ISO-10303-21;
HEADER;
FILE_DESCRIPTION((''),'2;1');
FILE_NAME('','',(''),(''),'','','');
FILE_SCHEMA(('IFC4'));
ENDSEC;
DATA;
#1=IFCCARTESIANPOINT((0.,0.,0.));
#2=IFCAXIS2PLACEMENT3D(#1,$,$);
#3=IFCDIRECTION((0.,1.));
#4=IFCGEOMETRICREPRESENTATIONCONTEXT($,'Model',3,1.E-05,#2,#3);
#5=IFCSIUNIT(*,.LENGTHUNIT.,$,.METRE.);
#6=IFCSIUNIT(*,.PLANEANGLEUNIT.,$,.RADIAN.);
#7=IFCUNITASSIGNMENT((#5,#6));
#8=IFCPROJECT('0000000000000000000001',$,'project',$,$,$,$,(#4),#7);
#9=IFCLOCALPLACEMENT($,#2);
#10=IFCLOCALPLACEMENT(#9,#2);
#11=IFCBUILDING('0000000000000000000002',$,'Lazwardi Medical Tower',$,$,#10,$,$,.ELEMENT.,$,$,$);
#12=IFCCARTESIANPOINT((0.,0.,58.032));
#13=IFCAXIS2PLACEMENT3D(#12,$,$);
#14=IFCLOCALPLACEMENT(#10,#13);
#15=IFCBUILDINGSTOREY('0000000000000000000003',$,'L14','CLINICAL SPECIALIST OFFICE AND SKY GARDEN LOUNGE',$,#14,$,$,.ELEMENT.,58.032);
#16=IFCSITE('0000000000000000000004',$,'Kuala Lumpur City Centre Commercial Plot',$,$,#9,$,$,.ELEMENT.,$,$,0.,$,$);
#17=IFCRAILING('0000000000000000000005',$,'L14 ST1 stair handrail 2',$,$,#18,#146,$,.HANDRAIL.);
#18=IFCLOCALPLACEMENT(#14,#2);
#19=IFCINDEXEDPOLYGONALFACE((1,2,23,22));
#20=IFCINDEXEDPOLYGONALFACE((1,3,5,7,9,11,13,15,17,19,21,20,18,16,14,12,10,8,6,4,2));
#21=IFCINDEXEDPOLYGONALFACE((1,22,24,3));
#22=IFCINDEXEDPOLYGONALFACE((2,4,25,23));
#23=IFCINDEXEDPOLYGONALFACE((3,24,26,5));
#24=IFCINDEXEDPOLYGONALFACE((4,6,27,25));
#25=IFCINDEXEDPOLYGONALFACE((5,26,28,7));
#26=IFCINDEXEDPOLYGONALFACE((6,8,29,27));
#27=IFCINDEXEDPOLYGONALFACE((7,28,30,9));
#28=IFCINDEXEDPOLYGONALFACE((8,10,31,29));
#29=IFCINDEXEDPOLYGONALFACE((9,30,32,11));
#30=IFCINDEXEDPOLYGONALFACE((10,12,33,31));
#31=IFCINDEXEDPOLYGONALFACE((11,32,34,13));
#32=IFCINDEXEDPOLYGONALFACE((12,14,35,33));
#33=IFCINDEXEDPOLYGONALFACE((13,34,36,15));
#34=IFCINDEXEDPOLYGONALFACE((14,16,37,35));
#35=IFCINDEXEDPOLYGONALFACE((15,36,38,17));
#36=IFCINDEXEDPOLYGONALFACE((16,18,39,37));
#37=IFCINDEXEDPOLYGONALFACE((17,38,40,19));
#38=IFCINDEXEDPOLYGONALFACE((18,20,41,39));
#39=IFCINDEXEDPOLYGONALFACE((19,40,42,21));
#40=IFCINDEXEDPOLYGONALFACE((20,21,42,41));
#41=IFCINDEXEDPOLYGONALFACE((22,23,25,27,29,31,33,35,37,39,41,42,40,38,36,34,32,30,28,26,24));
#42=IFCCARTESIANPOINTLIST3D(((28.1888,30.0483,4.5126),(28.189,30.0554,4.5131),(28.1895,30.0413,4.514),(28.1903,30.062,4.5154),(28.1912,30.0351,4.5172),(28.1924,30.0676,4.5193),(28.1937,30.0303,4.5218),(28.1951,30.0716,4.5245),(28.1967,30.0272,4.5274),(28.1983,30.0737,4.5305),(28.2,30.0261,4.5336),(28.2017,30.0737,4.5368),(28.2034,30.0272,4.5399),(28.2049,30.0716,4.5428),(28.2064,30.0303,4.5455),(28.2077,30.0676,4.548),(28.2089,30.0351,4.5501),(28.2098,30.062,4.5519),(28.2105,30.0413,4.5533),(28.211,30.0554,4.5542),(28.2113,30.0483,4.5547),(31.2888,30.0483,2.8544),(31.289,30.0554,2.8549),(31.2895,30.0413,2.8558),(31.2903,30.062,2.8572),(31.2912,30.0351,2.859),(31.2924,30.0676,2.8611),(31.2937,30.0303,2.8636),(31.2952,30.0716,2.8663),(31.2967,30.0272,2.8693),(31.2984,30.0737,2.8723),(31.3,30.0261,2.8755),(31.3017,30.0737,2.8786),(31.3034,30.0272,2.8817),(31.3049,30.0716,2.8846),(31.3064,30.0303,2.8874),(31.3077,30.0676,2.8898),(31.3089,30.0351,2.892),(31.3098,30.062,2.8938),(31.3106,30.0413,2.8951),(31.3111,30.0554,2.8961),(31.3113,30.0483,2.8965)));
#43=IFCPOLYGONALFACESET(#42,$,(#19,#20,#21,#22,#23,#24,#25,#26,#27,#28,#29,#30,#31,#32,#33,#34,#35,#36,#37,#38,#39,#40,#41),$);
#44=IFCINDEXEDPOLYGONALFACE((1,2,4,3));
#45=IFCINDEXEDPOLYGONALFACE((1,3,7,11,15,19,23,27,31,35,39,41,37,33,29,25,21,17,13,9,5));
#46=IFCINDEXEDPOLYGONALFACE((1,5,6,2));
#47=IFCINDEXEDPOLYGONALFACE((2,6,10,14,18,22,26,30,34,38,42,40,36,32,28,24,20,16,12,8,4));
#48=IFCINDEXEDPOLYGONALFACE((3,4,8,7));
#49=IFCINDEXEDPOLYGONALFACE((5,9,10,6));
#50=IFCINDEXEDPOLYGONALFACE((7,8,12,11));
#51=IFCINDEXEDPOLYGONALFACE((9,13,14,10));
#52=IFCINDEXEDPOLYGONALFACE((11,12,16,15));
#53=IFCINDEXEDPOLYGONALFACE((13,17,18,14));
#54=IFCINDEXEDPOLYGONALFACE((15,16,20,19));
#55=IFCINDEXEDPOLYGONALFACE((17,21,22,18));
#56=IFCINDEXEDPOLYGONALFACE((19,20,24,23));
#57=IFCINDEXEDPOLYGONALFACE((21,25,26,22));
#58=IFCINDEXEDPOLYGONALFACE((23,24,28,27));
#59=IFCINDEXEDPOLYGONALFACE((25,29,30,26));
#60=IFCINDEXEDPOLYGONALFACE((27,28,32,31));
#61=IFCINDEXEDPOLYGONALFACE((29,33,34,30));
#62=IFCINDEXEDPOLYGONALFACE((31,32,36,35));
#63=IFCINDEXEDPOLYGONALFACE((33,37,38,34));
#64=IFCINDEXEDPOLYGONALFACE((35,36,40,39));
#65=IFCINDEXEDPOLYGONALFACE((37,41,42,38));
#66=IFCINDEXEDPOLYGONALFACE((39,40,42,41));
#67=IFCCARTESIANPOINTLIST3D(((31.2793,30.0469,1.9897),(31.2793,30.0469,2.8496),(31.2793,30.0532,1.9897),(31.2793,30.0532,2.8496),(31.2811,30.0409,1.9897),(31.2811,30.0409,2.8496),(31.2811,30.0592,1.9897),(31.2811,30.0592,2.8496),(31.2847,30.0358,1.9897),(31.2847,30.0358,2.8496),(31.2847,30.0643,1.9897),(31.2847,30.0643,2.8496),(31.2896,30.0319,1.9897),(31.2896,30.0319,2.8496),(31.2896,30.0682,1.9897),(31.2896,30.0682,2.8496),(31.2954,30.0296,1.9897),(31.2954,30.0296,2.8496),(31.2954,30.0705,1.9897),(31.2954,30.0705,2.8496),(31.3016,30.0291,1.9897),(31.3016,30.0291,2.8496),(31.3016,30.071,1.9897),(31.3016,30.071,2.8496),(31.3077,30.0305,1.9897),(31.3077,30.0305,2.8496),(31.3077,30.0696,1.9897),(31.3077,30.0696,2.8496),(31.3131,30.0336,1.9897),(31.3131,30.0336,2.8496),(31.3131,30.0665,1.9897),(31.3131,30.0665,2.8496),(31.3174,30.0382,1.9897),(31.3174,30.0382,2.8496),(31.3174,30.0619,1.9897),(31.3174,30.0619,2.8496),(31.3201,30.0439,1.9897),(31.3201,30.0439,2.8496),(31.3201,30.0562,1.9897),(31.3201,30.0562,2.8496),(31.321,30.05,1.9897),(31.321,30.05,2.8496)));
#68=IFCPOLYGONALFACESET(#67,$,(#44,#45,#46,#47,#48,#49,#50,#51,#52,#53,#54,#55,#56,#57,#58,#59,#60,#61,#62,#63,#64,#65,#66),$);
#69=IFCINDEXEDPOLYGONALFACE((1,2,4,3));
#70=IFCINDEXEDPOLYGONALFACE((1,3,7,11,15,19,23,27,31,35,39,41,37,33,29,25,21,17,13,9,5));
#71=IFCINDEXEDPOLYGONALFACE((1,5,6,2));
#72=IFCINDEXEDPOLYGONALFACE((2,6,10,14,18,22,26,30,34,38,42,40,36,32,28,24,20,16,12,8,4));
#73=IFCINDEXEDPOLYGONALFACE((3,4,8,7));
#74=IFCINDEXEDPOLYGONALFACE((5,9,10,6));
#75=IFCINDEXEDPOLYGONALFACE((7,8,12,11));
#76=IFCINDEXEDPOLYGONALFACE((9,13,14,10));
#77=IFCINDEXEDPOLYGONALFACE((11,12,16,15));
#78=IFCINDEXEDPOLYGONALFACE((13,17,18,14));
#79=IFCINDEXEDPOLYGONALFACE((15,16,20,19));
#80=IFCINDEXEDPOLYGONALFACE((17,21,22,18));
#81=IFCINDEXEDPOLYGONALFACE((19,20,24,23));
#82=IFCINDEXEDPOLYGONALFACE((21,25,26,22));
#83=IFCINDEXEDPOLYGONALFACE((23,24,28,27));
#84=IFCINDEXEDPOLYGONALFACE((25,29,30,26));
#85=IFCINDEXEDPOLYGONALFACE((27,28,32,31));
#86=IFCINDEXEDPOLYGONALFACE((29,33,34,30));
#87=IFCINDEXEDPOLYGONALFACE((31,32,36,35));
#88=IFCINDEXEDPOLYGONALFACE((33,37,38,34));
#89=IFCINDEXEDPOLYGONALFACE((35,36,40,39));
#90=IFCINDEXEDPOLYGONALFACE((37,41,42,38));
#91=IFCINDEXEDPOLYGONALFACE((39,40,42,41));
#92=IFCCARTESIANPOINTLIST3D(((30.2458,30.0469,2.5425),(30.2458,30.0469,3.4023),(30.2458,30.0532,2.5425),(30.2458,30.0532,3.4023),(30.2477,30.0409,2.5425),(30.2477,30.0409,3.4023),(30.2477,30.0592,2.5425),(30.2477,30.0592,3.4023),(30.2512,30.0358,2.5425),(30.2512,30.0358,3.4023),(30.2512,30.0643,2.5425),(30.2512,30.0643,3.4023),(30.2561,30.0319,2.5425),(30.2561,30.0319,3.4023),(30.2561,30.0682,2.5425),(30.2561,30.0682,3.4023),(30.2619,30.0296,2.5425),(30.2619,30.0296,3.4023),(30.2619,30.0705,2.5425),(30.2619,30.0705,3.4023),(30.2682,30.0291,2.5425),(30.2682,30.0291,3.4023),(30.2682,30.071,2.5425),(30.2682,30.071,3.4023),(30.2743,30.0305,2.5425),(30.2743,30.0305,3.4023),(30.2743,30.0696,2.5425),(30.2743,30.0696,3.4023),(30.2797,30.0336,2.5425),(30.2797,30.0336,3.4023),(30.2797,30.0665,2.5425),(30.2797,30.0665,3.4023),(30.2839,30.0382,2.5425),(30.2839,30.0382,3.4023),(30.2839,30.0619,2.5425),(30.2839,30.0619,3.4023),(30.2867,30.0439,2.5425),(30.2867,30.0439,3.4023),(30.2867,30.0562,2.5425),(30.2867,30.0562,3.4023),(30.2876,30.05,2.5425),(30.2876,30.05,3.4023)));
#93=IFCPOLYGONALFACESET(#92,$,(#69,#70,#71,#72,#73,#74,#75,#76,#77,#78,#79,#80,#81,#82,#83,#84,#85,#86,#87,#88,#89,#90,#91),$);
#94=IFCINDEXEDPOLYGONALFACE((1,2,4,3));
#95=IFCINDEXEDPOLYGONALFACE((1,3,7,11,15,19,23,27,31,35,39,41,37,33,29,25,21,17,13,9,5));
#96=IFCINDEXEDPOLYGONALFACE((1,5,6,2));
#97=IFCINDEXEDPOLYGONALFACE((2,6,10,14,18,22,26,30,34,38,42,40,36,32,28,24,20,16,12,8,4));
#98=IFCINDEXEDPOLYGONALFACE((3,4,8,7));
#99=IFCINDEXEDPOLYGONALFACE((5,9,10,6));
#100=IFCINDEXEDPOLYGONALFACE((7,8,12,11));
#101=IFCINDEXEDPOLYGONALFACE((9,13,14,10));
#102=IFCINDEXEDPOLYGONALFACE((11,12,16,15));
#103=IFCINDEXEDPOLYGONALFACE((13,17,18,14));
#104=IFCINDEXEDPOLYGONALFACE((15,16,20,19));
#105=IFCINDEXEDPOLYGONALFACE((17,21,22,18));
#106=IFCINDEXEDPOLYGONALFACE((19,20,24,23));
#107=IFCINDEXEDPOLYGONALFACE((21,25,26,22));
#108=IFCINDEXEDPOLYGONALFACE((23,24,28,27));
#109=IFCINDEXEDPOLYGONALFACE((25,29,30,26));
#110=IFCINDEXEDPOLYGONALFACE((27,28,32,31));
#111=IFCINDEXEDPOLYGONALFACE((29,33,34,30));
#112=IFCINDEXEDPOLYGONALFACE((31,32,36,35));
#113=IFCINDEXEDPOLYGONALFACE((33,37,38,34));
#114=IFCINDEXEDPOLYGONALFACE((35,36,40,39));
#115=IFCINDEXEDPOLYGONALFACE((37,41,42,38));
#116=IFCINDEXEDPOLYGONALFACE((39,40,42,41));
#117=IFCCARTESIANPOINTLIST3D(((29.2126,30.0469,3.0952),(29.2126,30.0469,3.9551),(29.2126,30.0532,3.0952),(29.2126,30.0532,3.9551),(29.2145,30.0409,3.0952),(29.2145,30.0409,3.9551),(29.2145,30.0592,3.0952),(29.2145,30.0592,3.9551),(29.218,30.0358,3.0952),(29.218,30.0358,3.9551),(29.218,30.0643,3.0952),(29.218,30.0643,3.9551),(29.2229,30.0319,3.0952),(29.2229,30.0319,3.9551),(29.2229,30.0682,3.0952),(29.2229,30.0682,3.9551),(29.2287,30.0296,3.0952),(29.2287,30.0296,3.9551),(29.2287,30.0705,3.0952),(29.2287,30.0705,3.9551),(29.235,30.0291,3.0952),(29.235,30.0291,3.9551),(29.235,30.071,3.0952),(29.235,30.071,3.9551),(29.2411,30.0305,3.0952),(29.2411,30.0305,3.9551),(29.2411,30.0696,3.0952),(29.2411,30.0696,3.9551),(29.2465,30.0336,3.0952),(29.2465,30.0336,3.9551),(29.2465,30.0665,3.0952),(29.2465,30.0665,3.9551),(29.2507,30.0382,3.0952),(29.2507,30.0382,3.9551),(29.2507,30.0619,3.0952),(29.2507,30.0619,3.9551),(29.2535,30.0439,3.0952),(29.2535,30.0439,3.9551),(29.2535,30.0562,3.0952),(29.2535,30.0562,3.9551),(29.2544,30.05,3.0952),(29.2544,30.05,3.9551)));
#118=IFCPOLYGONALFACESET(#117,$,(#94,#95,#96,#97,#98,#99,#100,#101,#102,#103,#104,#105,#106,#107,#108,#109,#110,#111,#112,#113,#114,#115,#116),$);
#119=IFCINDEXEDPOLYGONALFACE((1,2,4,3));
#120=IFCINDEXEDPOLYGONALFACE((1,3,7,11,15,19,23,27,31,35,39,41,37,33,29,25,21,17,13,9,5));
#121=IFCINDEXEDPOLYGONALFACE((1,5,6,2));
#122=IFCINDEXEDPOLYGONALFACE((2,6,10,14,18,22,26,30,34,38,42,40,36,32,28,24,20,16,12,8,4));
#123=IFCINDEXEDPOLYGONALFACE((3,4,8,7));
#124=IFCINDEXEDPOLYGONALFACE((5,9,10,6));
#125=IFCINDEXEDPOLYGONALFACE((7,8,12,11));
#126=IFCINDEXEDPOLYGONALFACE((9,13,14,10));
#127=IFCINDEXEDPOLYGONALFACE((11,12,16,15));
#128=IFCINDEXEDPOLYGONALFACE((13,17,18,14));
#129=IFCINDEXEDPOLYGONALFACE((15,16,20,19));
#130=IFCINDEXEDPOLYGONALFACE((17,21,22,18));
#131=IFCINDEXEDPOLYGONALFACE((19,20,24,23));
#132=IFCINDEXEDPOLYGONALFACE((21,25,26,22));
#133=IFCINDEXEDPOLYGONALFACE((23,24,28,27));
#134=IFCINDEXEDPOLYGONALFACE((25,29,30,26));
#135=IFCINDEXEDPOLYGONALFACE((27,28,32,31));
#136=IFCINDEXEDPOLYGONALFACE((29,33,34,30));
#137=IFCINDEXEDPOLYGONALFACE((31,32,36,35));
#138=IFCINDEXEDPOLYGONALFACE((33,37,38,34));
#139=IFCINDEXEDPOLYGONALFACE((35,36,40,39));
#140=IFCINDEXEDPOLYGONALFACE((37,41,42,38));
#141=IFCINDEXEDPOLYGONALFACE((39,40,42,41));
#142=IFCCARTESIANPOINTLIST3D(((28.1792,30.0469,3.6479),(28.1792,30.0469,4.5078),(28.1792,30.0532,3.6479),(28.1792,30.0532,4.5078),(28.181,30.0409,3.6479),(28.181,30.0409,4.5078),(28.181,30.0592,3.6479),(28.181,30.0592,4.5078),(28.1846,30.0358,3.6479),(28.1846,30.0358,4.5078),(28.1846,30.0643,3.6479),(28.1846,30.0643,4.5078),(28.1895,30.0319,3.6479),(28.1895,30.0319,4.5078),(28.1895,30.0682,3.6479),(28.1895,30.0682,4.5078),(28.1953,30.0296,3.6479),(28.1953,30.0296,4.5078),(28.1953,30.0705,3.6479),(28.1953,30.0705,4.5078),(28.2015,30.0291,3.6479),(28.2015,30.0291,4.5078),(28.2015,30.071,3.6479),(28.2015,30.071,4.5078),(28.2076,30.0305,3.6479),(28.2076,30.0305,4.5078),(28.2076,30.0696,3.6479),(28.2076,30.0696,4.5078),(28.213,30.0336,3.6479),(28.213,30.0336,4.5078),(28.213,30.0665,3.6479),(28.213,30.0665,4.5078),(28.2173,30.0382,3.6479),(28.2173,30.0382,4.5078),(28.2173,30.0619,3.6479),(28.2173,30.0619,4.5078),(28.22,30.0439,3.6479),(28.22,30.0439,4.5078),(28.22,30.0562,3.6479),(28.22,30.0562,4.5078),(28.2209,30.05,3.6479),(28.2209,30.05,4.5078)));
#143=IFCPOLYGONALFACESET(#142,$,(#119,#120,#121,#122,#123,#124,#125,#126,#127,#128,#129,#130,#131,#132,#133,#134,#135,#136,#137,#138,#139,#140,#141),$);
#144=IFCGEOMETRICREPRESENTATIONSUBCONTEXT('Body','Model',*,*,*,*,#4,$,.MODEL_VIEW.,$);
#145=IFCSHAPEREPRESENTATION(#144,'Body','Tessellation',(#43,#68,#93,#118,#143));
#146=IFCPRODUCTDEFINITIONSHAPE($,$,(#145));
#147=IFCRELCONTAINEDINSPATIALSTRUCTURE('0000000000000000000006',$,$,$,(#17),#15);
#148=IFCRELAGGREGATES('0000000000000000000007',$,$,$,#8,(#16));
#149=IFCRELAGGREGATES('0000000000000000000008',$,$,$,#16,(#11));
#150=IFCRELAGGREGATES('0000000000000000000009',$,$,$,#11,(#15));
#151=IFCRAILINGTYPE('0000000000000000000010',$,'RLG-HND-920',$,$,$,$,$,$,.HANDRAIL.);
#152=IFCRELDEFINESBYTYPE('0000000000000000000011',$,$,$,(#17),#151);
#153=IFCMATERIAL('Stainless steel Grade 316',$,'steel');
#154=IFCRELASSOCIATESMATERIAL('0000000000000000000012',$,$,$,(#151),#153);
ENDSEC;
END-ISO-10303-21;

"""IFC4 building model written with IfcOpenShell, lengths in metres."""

from ifc_helpers import new_model, si_unit, direction, frame, origin, origin_2d, place, context, subcontext, project, spatial, circle, extrude, material, type_object, element, save


model = new_model("IFC4")

# Units and contexts
model_context = context("Model", 3, precision=1e-05, world=origin(), true_north=direction((0.0, 1.0)))
body_context = subcontext(model_context, "Body", "Model", "MODEL_VIEW")
ifc_project = project(units=[si_unit("LENGTHUNIT", "METRE"), si_unit("PLANEANGLEUNIT", "RADIAN")], contexts=[model_context])

# Site, building, storey
site_placement = place(None, origin())
site = spatial("IfcSite", under=ifc_project, at=site_placement, Name="Kuala Lumpur City Centre Commercial Plot", CompositionType="ELEMENT", RefElevation=0.0)
building_placement = place(site_placement, origin())
building = spatial("IfcBuilding", under=site, at=building_placement, Name="Lazwardi Medical Tower", CompositionType="ELEMENT")
storey_placement = place(building_placement, frame((0.0, 0.0, 58.032)))
storey = spatial("IfcBuildingStorey", under=building, at=storey_placement, Name="L14", Description="CLINICAL SPECIALIST OFFICE AND SKY GARDEN LOUNGE", CompositionType="ELEMENT", Elevation=58.032)

# Railing
ifc_material_1 = material(Name="Stainless steel Grade 316", Category="steel")
railing_type_1 = type_object("IfcRailingType", Name="RLG-HND-920", PredefinedType="HANDRAIL", material=ifc_material_1)
railing_1_placement = place(storey_placement, frame((31.3, 30.05, 1.9897)))
element("IfcRailing", 1, at=railing_1_placement, inside=storey, type_object=railing_type_1, Name="L14 ST1 stair handrail 2", PredefinedType="HANDRAIL", context=body_context, shape_type="SweptSolid", body=[
    extrude(circle(Radius=0.0239, at=origin_2d()), frame((0.0, 0.0, 0.8857), z_axis=(-0.881783, 0.0, 0.471655), x_axis=(0.0, -1.0, 0.0)), (0.0, 0.0, 1.0), 3.5156),
    extrude(circle(Radius=0.021, at=origin_2d()), origin(), (0.0, 0.0, 1.0), 0.8599),
    extrude(circle(Radius=0.021, at=origin_2d()), frame((-1.0334, 0.0, 0.5527)), (0.0, 0.0, 1.0), 0.8599),
    extrude(circle(Radius=0.021, at=origin_2d()), frame((-2.0667, 0.0, 1.1055)), (0.0, 0.0, 1.0), 0.8599),
    extrude(circle(Radius=0.021, at=origin_2d()), frame((-3.1001, 0.0, 1.6582)), (0.0, 0.0, 1.0), 0.8599),
])

save(model, "model.ifc")
